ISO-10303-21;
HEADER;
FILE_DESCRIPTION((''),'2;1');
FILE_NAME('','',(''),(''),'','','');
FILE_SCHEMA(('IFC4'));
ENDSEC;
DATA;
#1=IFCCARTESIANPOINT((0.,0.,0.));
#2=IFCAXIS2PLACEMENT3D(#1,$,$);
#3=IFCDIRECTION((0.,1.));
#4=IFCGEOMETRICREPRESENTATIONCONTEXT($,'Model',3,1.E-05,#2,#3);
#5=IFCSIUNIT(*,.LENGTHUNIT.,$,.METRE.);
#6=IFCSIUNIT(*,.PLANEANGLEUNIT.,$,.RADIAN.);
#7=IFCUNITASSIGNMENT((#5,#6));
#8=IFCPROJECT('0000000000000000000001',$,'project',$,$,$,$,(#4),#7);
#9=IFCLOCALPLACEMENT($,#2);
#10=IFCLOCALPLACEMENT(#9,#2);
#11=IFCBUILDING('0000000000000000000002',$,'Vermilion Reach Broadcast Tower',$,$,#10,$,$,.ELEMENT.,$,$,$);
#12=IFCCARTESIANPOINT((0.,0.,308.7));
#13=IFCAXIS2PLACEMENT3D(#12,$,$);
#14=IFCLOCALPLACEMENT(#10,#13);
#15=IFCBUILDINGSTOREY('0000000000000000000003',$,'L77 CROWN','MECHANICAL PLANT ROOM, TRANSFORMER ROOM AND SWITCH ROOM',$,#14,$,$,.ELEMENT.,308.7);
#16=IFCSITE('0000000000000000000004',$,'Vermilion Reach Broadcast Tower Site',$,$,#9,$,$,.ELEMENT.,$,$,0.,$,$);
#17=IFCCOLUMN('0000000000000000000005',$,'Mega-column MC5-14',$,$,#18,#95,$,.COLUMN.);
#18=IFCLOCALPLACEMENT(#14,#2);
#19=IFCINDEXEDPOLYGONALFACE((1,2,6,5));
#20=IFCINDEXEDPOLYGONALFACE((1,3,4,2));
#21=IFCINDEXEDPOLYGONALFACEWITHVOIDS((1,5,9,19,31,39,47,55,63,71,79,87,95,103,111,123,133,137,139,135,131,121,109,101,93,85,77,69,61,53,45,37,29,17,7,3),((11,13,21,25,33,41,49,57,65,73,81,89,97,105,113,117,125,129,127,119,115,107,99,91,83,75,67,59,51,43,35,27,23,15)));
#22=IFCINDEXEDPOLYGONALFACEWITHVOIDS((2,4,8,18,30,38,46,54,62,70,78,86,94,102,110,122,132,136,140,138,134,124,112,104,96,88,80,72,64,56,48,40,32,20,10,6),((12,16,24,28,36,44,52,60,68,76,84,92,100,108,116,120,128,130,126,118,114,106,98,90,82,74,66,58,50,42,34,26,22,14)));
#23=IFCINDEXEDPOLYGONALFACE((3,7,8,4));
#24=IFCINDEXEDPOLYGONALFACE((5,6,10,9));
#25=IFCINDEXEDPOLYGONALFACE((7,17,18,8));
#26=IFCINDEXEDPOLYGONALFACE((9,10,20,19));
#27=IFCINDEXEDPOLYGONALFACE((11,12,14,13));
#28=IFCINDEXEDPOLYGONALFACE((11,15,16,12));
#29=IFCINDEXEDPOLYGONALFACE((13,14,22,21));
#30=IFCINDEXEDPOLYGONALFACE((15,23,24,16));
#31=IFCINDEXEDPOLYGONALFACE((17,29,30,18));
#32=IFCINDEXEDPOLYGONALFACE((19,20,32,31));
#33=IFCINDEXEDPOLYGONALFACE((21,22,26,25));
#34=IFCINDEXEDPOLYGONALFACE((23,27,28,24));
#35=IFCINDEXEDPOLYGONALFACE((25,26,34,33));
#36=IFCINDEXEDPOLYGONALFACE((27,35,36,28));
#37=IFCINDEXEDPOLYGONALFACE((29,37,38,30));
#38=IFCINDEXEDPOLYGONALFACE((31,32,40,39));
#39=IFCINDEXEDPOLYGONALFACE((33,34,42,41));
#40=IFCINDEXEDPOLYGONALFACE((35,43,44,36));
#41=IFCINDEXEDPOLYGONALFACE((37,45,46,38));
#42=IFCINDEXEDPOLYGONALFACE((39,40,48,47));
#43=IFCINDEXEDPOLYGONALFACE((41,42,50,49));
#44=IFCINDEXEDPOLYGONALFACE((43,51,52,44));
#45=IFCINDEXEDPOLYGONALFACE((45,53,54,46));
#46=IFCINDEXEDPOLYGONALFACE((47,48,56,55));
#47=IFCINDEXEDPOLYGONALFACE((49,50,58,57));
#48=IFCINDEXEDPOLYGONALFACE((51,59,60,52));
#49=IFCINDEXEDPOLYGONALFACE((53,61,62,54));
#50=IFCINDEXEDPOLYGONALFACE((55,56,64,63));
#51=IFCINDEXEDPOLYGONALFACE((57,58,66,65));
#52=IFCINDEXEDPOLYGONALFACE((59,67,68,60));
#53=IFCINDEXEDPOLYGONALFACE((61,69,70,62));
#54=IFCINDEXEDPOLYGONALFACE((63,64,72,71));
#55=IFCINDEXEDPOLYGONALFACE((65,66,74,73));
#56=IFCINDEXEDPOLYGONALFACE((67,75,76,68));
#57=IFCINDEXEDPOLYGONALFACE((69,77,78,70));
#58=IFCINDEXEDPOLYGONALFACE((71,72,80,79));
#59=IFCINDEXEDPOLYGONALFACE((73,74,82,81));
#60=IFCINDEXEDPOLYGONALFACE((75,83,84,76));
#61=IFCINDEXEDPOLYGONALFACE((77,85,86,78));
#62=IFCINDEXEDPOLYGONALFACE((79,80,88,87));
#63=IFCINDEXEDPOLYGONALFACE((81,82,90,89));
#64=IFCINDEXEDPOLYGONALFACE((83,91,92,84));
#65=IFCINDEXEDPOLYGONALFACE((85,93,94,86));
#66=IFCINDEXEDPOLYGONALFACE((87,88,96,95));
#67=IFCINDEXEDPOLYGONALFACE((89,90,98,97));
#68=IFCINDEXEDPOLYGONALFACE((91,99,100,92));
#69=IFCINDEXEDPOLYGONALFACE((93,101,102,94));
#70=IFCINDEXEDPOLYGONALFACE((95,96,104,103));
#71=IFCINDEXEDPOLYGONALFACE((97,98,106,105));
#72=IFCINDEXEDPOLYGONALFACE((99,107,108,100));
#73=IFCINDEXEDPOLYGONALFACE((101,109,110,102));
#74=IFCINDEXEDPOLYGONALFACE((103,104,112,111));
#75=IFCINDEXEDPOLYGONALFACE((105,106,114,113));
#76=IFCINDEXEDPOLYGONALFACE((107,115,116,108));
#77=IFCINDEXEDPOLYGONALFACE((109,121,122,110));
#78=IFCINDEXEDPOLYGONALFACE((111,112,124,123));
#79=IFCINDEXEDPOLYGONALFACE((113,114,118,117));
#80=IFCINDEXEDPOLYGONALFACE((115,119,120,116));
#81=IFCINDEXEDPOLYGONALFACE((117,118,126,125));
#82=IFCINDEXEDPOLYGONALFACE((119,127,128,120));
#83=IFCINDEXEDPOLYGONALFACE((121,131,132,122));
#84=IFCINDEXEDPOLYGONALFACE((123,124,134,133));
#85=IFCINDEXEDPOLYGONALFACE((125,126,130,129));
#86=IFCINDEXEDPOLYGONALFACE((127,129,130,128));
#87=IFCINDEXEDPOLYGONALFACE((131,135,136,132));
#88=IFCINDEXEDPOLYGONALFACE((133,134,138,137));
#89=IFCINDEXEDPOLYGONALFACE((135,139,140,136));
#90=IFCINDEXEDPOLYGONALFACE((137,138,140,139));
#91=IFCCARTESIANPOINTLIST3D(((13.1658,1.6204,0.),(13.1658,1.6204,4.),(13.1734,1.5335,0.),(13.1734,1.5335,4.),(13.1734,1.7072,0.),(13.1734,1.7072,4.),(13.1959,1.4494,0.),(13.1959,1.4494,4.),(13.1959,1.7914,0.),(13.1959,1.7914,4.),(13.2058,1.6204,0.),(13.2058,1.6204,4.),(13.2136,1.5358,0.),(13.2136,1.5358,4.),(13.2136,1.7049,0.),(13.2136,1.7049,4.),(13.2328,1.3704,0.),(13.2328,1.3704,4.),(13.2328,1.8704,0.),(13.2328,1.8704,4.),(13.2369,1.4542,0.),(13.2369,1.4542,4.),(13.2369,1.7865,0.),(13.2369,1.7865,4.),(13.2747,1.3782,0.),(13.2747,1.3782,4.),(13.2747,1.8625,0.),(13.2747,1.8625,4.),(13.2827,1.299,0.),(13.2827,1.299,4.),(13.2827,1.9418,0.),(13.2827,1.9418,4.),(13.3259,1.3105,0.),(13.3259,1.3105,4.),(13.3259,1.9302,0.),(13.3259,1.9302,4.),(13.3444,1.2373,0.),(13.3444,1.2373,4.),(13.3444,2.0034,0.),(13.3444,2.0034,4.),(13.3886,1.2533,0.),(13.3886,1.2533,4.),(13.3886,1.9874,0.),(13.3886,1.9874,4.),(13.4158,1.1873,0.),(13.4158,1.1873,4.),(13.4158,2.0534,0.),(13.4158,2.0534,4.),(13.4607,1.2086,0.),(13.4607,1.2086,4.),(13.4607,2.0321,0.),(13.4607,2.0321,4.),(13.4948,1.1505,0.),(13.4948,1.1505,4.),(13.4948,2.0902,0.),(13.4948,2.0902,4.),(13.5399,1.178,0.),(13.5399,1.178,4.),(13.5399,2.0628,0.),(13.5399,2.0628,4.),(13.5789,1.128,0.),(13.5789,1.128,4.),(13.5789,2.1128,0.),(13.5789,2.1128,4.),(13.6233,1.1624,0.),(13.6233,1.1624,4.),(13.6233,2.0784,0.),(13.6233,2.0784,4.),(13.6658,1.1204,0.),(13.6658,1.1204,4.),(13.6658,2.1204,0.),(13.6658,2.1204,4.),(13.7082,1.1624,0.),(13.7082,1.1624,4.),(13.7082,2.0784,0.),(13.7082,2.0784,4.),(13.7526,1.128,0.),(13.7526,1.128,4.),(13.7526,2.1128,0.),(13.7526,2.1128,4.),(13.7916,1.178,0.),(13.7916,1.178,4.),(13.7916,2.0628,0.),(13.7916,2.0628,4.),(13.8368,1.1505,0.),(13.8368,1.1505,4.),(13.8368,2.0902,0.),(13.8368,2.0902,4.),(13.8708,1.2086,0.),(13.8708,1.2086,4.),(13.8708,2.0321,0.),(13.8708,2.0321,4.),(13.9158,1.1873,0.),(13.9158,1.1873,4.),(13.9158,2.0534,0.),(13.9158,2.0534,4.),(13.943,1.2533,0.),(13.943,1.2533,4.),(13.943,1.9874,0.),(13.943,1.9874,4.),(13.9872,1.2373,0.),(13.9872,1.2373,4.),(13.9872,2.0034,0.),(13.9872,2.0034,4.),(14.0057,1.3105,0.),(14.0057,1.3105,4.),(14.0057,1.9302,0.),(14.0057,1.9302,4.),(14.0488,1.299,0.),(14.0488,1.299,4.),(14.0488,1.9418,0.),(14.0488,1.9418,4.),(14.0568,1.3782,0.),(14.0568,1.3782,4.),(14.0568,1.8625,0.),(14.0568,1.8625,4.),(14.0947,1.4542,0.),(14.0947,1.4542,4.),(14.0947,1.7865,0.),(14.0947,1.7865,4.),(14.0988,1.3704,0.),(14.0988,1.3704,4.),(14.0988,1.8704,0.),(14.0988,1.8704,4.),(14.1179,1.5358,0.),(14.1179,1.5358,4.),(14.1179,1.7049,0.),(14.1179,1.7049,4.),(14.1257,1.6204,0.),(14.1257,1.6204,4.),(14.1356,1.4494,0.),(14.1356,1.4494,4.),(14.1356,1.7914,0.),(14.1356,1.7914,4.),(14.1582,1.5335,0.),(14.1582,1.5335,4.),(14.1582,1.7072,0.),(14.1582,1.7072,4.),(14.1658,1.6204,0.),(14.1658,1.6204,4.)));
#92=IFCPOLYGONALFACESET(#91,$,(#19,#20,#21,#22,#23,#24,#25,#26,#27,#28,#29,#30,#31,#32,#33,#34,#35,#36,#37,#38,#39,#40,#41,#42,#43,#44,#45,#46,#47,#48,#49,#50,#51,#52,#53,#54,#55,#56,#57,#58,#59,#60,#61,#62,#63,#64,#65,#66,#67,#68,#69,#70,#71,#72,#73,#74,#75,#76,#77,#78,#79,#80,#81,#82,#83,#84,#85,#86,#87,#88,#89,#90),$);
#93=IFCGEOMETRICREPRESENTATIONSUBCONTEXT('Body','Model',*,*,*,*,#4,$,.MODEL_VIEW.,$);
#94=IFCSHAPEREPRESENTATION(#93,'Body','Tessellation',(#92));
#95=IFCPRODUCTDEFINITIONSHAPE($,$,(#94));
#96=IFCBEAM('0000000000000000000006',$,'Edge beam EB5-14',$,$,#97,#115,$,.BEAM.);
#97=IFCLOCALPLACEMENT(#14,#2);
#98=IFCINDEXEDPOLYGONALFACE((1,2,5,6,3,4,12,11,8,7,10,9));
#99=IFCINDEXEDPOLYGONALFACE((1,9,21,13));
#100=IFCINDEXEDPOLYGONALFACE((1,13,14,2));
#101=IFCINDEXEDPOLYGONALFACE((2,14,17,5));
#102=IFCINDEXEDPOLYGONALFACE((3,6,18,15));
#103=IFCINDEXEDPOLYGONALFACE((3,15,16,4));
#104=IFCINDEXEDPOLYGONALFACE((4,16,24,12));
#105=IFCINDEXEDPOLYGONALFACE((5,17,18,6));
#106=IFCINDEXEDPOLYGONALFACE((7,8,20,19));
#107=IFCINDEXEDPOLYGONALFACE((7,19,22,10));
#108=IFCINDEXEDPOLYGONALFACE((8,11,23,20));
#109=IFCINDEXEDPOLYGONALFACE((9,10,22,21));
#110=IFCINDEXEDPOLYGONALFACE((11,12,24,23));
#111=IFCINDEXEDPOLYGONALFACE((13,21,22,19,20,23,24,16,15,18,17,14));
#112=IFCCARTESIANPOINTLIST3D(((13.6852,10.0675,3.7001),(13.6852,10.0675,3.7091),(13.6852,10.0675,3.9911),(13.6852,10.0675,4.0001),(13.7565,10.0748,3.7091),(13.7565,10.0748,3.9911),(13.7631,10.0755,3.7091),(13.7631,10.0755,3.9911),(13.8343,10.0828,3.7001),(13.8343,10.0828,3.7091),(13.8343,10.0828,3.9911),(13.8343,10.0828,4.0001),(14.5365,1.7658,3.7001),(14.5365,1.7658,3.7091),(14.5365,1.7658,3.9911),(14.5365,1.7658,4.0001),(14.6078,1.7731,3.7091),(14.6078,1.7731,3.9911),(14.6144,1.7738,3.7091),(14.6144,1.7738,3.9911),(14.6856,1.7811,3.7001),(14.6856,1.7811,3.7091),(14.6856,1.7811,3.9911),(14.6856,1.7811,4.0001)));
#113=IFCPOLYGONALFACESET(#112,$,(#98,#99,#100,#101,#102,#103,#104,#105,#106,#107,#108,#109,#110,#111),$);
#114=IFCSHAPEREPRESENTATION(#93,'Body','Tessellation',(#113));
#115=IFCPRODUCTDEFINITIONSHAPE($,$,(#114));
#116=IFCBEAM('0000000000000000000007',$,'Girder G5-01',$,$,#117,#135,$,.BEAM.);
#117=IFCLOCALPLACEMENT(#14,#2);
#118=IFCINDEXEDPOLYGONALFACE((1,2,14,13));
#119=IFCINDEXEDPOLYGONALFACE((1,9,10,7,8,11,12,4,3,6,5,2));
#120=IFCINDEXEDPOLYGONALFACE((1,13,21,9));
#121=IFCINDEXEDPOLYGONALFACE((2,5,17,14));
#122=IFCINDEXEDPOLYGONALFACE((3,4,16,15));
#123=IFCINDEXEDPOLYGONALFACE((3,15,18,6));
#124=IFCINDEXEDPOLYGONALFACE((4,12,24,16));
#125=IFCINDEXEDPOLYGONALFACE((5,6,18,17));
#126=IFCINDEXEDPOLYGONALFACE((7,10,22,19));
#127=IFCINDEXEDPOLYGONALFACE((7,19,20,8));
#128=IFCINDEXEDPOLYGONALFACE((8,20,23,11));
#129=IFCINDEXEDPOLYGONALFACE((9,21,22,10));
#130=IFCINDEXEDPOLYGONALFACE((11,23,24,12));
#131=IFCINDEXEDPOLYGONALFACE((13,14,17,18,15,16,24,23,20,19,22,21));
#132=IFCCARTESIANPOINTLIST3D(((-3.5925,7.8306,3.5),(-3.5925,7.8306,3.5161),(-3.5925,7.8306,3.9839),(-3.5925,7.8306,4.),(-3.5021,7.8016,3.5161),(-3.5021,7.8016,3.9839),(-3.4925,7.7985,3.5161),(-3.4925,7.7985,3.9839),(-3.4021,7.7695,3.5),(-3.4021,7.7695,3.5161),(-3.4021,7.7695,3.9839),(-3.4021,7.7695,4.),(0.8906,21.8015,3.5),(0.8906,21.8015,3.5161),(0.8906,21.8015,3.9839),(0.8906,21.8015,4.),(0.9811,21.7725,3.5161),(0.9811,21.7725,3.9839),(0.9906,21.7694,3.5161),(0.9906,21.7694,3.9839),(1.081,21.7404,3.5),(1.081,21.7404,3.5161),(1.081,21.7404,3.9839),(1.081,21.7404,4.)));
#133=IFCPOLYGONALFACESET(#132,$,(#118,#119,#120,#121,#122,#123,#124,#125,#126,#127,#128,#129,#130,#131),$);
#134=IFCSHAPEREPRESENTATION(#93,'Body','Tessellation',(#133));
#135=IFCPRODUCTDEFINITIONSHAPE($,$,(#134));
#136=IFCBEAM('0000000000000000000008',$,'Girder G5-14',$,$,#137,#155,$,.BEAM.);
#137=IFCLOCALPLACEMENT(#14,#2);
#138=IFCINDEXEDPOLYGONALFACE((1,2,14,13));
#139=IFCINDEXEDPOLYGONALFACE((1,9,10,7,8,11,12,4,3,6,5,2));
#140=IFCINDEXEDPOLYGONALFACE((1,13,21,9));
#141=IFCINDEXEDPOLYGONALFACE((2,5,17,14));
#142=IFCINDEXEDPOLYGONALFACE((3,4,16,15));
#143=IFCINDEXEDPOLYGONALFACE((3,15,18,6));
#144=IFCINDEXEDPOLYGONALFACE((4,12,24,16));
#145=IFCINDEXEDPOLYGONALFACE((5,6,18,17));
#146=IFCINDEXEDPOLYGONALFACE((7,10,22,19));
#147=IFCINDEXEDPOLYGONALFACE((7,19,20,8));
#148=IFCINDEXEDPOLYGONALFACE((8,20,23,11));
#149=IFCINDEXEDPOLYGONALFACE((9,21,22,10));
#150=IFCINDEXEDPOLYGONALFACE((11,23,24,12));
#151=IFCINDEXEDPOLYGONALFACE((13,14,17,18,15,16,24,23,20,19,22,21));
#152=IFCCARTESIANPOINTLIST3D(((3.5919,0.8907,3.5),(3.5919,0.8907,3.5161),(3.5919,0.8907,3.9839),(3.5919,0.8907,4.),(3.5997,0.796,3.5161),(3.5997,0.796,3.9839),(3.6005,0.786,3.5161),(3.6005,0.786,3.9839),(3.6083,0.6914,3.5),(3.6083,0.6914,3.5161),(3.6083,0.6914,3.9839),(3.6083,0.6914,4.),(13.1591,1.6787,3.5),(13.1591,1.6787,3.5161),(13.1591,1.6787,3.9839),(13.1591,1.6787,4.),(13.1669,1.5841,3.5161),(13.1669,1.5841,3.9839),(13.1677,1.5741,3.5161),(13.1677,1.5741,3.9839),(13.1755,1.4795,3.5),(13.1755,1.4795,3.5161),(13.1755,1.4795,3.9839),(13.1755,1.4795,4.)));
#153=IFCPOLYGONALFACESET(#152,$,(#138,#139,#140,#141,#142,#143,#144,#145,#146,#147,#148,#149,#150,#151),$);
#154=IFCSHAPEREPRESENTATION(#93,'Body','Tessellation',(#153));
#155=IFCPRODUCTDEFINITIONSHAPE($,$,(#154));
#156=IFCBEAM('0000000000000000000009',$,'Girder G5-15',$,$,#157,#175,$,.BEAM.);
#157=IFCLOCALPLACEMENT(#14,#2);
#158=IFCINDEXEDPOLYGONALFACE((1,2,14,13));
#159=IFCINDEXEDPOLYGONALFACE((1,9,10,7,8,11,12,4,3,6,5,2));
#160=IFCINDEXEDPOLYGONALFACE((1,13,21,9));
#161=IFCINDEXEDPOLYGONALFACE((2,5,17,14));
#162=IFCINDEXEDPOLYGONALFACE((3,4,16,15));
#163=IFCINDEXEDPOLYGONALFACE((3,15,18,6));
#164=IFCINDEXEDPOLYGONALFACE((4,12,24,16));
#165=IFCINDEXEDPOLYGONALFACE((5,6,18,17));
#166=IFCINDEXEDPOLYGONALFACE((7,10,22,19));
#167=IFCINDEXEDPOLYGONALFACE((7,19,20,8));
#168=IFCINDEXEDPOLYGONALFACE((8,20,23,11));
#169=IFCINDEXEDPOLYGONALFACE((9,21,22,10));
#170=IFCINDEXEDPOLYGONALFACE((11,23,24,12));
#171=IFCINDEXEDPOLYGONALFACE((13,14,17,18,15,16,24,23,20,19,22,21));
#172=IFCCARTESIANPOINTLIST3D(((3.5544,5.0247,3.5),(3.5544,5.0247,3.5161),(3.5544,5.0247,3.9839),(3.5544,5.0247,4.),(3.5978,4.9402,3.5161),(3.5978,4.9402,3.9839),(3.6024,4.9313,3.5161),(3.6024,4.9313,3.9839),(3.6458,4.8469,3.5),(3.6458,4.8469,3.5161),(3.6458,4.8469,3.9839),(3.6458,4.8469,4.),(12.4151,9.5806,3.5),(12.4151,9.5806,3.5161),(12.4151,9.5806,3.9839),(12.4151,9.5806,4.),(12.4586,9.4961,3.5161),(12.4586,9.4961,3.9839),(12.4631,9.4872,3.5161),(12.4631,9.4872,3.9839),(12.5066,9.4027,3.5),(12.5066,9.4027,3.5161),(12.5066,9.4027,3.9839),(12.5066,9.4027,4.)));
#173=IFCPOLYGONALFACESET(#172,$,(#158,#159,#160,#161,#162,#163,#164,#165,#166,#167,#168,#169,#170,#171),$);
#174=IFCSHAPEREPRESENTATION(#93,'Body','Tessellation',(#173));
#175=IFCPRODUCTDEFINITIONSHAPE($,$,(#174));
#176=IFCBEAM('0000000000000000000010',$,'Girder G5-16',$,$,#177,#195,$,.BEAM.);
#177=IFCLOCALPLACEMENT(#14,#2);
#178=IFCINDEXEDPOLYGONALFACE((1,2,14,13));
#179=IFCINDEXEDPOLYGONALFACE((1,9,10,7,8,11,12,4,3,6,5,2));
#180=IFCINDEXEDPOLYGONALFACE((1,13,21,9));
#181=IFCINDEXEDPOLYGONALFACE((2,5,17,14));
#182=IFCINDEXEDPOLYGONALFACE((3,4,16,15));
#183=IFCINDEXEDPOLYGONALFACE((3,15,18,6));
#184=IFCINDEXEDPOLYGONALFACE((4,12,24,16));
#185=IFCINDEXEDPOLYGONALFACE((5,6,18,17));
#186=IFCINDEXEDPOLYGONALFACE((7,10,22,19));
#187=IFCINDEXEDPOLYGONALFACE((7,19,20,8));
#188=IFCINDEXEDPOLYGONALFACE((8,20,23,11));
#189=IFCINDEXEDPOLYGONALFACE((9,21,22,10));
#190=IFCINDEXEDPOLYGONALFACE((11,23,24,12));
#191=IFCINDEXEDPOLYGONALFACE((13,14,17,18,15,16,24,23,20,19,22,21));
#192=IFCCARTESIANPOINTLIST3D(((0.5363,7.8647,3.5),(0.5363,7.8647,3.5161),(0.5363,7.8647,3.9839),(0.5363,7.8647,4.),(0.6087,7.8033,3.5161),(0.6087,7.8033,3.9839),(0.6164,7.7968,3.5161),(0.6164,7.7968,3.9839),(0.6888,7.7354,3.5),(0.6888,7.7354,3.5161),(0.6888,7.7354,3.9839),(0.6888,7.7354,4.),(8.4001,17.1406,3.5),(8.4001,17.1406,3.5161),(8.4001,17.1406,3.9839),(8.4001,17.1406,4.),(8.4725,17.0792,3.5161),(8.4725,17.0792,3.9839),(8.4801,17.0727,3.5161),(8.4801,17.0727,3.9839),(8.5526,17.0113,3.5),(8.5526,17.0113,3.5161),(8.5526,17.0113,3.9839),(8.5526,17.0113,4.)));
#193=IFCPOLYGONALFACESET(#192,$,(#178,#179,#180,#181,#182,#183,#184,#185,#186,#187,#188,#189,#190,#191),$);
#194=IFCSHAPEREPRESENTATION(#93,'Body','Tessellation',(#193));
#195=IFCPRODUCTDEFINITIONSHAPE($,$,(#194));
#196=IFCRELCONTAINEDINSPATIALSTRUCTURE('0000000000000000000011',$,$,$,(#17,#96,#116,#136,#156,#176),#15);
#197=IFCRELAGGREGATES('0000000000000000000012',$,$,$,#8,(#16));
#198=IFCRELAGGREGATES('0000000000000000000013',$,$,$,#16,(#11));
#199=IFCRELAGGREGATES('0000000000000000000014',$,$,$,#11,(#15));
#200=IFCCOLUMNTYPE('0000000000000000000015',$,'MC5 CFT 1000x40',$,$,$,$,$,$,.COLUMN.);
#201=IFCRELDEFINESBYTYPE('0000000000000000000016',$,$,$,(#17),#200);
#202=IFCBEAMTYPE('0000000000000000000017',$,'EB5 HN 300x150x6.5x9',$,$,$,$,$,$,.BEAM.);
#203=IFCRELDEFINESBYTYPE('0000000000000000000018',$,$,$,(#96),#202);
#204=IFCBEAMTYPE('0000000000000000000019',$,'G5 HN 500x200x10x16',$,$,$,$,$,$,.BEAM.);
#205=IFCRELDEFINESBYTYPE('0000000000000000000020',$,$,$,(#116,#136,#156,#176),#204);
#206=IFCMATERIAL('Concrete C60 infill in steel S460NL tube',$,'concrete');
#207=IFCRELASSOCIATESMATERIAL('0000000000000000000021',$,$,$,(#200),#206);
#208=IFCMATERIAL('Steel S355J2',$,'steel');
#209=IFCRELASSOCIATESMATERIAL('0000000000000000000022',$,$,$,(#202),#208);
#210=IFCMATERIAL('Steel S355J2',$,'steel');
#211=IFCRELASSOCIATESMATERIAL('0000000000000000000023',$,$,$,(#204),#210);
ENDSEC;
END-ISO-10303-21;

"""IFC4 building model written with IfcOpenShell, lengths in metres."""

from ifc_helpers import new_model, si_unit, direction, frame, origin, origin_2d, place, context, subcontext, project, spatial, hollow_circle, i_section, extrude, material, material_profile, profile_set, type_object, element, save


model = new_model("IFC4")

# Units and contexts
model_context = context("Model", 3, precision=1e-05, world=origin(), true_north=direction((0.0, 1.0)))
body_context = subcontext(model_context, "Body", "Model", "MODEL_VIEW")
ifc_project = project(units=[si_unit("LENGTHUNIT", "METRE"), si_unit("PLANEANGLEUNIT", "RADIAN")], contexts=[model_context])

# Site, building, storey
site_placement = place(None, origin())
site = spatial("IfcSite", under=ifc_project, at=site_placement, Name="Vermilion Reach Broadcast Tower Site", CompositionType="ELEMENT", RefElevation=0.0)
building_placement = place(site_placement, origin())
building = spatial("IfcBuilding", under=site, at=building_placement, Name="Vermilion Reach Broadcast Tower", CompositionType="ELEMENT")
storey_placement = place(building_placement, frame((0.0, 0.0, 308.7)))
storey = spatial("IfcBuildingStorey", under=building, at=storey_placement, Name="L77 CROWN", Description="MECHANICAL PLANT ROOM, TRANSFORMER ROOM AND SWITCH ROOM", CompositionType="ELEMENT", Elevation=308.7)

# Column
ifc_material_1 = material(Name="Concrete C60 infill in steel S460NL tube", Category="concrete")
ifc_material_profile_1 = material_profile(ifc_material_1, hollow_circle(Radius=0.5, WallThickness=0.04, at=origin_2d()), Name="Concrete C60 infill in steel S460NL tube CFT 1000x40")
ifc_profile_set_1 = profile_set([ifc_material_profile_1], Name="Concrete C60 infill in steel S460NL tube")
column_type = type_object("IfcColumnType", Name="MC5 CFT 1000x40", PredefinedType="COLUMN", material=ifc_profile_set_1)
column_placement = place(storey_placement, frame((13.6658, 1.6204, 0.0), z_axis=(0.0, 0.0, 1.0), x_axis=(1.0, 0.0, 0.0)))
element("IfcColumn", 1, at=column_placement, inside=storey, type_object=column_type, Name="Mega-column MC5-14", PredefinedType="COLUMN", context=body_context, shape_type="SweptSolid", body=[
    extrude(hollow_circle(Radius=0.5, WallThickness=0.04, at=origin_2d()), origin(), (0.0, 0.0, 1.0), 4.0),
])

# Beams
ifc_material_2 = material(Name="Steel S355J2", Category="steel")
ifc_material_profile_2 = material_profile(ifc_material_2, i_section(OverallWidth=0.1499, OverallDepth=0.3, WebThickness=0.0066, FlangeThickness=0.009, at=origin_2d()), Name="S355J2 HN 300x150x6.5x9")
ifc_profile_set_2 = profile_set([ifc_material_profile_2], Name="Steel S355J2")
beam_type_1 = type_object("IfcBeamType", Name="EB5 HN 300x150x6.5x9", PredefinedType="BEAM", material=ifc_profile_set_2)
beam_1_placement = place(storey_placement, frame((14.6111, 1.7734, 3.8501), z_axis=(-0.102012, 0.994783, 0.0), x_axis=(-0.994783, -0.102012, 0.0)))
element("IfcBeam", 2, at=beam_1_placement, inside=storey, type_object=beam_type_1, Name="Edge beam EB5-14", PredefinedType="BEAM", context=body_context, shape_type="SweptSolid", body=[
    extrude(i_section(OverallWidth=0.1499, OverallDepth=0.3, WebThickness=0.0066, FlangeThickness=0.009, at=origin_2d()), origin(), (0.0, 0.0, 1.0), 8.3452),
])
ifc_material_3 = material(Name="Steel S355J2", Category="steel")
ifc_material_profile_3 = material_profile(ifc_material_3, i_section(OverallWidth=0.2, OverallDepth=0.5, WebThickness=0.01, FlangeThickness=0.0161, at=origin_2d()), Name="S355J2 HN 500x200x10x16")
ifc_profile_set_3 = profile_set([ifc_material_profile_3], Name="Steel S355J2")
beam_type_2 = type_object("IfcBeamType", Name="G5 HN 500x200x10x16", PredefinedType="BEAM", material=ifc_profile_set_3)
beam_2_placement = place(storey_placement, frame((-3.4973, 7.8, 3.75), z_axis=(0.305545, 0.952178, 0.0), x_axis=(-0.952178, 0.305545, 0.0)))
element("IfcBeam", 3, at=beam_2_placement, inside=storey, type_object=beam_type_2, Name="Girder G5-01", PredefinedType="BEAM", context=body_context, shape_type="SweptSolid", body=[
    extrude(i_section(OverallWidth=0.2, OverallDepth=0.5, WebThickness=0.01, FlangeThickness=0.0161, at=origin_2d()), origin(), (0.0, 0.0, 1.0), 14.6726),
])
beam_3_placement = place(storey_placement, frame((3.6001, 0.791, 3.75), z_axis=(0.996624, 0.082096, 0.0), x_axis=(-0.082096, 0.996624, 0.0)))
element("IfcBeam", 4, at=beam_3_placement, inside=storey, type_object=beam_type_2, Name="Girder G5-14", PredefinedType="BEAM", context=body_context, shape_type="SweptSolid", body=[
    extrude(i_section(OverallWidth=0.2, OverallDepth=0.5, WebThickness=0.01, FlangeThickness=0.0161, at=origin_2d()), origin(), (0.0, 0.0, 1.0), 9.5996),
])
beam_4_placement = place(storey_placement, frame((3.6001, 4.9358, 3.75), z_axis=(0.889333, 0.457261, 0.0), x_axis=(-0.457261, 0.889333, 0.0)))
element("IfcBeam", 5, at=beam_4_placement, inside=storey, type_object=beam_type_2, Name="Girder G5-15", PredefinedType="BEAM", context=body_context, shape_type="SweptSolid", body=[
    extrude(i_section(OverallWidth=0.2, OverallDepth=0.5, WebThickness=0.01, FlangeThickness=0.0161, at=origin_2d()), origin(), (0.0, 0.0, 1.0), 9.9634),
])
beam_5_placement = place(storey_placement, frame((0.6125, 7.8, 3.75), z_axis=(0.646658, 0.76278, 0.0), x_axis=(-0.76278, 0.646658, 0.0)))
element("IfcBeam", 6, at=beam_5_placement, inside=storey, type_object=beam_type_2, Name="Girder G5-16", PredefinedType="BEAM", context=body_context, shape_type="SweptSolid", body=[
    extrude(i_section(OverallWidth=0.2, OverallDepth=0.5, WebThickness=0.01, FlangeThickness=0.0161, at=origin_2d()), origin(), (0.0, 0.0, 1.0), 12.1606),
])

save(model, "model.ifc")
